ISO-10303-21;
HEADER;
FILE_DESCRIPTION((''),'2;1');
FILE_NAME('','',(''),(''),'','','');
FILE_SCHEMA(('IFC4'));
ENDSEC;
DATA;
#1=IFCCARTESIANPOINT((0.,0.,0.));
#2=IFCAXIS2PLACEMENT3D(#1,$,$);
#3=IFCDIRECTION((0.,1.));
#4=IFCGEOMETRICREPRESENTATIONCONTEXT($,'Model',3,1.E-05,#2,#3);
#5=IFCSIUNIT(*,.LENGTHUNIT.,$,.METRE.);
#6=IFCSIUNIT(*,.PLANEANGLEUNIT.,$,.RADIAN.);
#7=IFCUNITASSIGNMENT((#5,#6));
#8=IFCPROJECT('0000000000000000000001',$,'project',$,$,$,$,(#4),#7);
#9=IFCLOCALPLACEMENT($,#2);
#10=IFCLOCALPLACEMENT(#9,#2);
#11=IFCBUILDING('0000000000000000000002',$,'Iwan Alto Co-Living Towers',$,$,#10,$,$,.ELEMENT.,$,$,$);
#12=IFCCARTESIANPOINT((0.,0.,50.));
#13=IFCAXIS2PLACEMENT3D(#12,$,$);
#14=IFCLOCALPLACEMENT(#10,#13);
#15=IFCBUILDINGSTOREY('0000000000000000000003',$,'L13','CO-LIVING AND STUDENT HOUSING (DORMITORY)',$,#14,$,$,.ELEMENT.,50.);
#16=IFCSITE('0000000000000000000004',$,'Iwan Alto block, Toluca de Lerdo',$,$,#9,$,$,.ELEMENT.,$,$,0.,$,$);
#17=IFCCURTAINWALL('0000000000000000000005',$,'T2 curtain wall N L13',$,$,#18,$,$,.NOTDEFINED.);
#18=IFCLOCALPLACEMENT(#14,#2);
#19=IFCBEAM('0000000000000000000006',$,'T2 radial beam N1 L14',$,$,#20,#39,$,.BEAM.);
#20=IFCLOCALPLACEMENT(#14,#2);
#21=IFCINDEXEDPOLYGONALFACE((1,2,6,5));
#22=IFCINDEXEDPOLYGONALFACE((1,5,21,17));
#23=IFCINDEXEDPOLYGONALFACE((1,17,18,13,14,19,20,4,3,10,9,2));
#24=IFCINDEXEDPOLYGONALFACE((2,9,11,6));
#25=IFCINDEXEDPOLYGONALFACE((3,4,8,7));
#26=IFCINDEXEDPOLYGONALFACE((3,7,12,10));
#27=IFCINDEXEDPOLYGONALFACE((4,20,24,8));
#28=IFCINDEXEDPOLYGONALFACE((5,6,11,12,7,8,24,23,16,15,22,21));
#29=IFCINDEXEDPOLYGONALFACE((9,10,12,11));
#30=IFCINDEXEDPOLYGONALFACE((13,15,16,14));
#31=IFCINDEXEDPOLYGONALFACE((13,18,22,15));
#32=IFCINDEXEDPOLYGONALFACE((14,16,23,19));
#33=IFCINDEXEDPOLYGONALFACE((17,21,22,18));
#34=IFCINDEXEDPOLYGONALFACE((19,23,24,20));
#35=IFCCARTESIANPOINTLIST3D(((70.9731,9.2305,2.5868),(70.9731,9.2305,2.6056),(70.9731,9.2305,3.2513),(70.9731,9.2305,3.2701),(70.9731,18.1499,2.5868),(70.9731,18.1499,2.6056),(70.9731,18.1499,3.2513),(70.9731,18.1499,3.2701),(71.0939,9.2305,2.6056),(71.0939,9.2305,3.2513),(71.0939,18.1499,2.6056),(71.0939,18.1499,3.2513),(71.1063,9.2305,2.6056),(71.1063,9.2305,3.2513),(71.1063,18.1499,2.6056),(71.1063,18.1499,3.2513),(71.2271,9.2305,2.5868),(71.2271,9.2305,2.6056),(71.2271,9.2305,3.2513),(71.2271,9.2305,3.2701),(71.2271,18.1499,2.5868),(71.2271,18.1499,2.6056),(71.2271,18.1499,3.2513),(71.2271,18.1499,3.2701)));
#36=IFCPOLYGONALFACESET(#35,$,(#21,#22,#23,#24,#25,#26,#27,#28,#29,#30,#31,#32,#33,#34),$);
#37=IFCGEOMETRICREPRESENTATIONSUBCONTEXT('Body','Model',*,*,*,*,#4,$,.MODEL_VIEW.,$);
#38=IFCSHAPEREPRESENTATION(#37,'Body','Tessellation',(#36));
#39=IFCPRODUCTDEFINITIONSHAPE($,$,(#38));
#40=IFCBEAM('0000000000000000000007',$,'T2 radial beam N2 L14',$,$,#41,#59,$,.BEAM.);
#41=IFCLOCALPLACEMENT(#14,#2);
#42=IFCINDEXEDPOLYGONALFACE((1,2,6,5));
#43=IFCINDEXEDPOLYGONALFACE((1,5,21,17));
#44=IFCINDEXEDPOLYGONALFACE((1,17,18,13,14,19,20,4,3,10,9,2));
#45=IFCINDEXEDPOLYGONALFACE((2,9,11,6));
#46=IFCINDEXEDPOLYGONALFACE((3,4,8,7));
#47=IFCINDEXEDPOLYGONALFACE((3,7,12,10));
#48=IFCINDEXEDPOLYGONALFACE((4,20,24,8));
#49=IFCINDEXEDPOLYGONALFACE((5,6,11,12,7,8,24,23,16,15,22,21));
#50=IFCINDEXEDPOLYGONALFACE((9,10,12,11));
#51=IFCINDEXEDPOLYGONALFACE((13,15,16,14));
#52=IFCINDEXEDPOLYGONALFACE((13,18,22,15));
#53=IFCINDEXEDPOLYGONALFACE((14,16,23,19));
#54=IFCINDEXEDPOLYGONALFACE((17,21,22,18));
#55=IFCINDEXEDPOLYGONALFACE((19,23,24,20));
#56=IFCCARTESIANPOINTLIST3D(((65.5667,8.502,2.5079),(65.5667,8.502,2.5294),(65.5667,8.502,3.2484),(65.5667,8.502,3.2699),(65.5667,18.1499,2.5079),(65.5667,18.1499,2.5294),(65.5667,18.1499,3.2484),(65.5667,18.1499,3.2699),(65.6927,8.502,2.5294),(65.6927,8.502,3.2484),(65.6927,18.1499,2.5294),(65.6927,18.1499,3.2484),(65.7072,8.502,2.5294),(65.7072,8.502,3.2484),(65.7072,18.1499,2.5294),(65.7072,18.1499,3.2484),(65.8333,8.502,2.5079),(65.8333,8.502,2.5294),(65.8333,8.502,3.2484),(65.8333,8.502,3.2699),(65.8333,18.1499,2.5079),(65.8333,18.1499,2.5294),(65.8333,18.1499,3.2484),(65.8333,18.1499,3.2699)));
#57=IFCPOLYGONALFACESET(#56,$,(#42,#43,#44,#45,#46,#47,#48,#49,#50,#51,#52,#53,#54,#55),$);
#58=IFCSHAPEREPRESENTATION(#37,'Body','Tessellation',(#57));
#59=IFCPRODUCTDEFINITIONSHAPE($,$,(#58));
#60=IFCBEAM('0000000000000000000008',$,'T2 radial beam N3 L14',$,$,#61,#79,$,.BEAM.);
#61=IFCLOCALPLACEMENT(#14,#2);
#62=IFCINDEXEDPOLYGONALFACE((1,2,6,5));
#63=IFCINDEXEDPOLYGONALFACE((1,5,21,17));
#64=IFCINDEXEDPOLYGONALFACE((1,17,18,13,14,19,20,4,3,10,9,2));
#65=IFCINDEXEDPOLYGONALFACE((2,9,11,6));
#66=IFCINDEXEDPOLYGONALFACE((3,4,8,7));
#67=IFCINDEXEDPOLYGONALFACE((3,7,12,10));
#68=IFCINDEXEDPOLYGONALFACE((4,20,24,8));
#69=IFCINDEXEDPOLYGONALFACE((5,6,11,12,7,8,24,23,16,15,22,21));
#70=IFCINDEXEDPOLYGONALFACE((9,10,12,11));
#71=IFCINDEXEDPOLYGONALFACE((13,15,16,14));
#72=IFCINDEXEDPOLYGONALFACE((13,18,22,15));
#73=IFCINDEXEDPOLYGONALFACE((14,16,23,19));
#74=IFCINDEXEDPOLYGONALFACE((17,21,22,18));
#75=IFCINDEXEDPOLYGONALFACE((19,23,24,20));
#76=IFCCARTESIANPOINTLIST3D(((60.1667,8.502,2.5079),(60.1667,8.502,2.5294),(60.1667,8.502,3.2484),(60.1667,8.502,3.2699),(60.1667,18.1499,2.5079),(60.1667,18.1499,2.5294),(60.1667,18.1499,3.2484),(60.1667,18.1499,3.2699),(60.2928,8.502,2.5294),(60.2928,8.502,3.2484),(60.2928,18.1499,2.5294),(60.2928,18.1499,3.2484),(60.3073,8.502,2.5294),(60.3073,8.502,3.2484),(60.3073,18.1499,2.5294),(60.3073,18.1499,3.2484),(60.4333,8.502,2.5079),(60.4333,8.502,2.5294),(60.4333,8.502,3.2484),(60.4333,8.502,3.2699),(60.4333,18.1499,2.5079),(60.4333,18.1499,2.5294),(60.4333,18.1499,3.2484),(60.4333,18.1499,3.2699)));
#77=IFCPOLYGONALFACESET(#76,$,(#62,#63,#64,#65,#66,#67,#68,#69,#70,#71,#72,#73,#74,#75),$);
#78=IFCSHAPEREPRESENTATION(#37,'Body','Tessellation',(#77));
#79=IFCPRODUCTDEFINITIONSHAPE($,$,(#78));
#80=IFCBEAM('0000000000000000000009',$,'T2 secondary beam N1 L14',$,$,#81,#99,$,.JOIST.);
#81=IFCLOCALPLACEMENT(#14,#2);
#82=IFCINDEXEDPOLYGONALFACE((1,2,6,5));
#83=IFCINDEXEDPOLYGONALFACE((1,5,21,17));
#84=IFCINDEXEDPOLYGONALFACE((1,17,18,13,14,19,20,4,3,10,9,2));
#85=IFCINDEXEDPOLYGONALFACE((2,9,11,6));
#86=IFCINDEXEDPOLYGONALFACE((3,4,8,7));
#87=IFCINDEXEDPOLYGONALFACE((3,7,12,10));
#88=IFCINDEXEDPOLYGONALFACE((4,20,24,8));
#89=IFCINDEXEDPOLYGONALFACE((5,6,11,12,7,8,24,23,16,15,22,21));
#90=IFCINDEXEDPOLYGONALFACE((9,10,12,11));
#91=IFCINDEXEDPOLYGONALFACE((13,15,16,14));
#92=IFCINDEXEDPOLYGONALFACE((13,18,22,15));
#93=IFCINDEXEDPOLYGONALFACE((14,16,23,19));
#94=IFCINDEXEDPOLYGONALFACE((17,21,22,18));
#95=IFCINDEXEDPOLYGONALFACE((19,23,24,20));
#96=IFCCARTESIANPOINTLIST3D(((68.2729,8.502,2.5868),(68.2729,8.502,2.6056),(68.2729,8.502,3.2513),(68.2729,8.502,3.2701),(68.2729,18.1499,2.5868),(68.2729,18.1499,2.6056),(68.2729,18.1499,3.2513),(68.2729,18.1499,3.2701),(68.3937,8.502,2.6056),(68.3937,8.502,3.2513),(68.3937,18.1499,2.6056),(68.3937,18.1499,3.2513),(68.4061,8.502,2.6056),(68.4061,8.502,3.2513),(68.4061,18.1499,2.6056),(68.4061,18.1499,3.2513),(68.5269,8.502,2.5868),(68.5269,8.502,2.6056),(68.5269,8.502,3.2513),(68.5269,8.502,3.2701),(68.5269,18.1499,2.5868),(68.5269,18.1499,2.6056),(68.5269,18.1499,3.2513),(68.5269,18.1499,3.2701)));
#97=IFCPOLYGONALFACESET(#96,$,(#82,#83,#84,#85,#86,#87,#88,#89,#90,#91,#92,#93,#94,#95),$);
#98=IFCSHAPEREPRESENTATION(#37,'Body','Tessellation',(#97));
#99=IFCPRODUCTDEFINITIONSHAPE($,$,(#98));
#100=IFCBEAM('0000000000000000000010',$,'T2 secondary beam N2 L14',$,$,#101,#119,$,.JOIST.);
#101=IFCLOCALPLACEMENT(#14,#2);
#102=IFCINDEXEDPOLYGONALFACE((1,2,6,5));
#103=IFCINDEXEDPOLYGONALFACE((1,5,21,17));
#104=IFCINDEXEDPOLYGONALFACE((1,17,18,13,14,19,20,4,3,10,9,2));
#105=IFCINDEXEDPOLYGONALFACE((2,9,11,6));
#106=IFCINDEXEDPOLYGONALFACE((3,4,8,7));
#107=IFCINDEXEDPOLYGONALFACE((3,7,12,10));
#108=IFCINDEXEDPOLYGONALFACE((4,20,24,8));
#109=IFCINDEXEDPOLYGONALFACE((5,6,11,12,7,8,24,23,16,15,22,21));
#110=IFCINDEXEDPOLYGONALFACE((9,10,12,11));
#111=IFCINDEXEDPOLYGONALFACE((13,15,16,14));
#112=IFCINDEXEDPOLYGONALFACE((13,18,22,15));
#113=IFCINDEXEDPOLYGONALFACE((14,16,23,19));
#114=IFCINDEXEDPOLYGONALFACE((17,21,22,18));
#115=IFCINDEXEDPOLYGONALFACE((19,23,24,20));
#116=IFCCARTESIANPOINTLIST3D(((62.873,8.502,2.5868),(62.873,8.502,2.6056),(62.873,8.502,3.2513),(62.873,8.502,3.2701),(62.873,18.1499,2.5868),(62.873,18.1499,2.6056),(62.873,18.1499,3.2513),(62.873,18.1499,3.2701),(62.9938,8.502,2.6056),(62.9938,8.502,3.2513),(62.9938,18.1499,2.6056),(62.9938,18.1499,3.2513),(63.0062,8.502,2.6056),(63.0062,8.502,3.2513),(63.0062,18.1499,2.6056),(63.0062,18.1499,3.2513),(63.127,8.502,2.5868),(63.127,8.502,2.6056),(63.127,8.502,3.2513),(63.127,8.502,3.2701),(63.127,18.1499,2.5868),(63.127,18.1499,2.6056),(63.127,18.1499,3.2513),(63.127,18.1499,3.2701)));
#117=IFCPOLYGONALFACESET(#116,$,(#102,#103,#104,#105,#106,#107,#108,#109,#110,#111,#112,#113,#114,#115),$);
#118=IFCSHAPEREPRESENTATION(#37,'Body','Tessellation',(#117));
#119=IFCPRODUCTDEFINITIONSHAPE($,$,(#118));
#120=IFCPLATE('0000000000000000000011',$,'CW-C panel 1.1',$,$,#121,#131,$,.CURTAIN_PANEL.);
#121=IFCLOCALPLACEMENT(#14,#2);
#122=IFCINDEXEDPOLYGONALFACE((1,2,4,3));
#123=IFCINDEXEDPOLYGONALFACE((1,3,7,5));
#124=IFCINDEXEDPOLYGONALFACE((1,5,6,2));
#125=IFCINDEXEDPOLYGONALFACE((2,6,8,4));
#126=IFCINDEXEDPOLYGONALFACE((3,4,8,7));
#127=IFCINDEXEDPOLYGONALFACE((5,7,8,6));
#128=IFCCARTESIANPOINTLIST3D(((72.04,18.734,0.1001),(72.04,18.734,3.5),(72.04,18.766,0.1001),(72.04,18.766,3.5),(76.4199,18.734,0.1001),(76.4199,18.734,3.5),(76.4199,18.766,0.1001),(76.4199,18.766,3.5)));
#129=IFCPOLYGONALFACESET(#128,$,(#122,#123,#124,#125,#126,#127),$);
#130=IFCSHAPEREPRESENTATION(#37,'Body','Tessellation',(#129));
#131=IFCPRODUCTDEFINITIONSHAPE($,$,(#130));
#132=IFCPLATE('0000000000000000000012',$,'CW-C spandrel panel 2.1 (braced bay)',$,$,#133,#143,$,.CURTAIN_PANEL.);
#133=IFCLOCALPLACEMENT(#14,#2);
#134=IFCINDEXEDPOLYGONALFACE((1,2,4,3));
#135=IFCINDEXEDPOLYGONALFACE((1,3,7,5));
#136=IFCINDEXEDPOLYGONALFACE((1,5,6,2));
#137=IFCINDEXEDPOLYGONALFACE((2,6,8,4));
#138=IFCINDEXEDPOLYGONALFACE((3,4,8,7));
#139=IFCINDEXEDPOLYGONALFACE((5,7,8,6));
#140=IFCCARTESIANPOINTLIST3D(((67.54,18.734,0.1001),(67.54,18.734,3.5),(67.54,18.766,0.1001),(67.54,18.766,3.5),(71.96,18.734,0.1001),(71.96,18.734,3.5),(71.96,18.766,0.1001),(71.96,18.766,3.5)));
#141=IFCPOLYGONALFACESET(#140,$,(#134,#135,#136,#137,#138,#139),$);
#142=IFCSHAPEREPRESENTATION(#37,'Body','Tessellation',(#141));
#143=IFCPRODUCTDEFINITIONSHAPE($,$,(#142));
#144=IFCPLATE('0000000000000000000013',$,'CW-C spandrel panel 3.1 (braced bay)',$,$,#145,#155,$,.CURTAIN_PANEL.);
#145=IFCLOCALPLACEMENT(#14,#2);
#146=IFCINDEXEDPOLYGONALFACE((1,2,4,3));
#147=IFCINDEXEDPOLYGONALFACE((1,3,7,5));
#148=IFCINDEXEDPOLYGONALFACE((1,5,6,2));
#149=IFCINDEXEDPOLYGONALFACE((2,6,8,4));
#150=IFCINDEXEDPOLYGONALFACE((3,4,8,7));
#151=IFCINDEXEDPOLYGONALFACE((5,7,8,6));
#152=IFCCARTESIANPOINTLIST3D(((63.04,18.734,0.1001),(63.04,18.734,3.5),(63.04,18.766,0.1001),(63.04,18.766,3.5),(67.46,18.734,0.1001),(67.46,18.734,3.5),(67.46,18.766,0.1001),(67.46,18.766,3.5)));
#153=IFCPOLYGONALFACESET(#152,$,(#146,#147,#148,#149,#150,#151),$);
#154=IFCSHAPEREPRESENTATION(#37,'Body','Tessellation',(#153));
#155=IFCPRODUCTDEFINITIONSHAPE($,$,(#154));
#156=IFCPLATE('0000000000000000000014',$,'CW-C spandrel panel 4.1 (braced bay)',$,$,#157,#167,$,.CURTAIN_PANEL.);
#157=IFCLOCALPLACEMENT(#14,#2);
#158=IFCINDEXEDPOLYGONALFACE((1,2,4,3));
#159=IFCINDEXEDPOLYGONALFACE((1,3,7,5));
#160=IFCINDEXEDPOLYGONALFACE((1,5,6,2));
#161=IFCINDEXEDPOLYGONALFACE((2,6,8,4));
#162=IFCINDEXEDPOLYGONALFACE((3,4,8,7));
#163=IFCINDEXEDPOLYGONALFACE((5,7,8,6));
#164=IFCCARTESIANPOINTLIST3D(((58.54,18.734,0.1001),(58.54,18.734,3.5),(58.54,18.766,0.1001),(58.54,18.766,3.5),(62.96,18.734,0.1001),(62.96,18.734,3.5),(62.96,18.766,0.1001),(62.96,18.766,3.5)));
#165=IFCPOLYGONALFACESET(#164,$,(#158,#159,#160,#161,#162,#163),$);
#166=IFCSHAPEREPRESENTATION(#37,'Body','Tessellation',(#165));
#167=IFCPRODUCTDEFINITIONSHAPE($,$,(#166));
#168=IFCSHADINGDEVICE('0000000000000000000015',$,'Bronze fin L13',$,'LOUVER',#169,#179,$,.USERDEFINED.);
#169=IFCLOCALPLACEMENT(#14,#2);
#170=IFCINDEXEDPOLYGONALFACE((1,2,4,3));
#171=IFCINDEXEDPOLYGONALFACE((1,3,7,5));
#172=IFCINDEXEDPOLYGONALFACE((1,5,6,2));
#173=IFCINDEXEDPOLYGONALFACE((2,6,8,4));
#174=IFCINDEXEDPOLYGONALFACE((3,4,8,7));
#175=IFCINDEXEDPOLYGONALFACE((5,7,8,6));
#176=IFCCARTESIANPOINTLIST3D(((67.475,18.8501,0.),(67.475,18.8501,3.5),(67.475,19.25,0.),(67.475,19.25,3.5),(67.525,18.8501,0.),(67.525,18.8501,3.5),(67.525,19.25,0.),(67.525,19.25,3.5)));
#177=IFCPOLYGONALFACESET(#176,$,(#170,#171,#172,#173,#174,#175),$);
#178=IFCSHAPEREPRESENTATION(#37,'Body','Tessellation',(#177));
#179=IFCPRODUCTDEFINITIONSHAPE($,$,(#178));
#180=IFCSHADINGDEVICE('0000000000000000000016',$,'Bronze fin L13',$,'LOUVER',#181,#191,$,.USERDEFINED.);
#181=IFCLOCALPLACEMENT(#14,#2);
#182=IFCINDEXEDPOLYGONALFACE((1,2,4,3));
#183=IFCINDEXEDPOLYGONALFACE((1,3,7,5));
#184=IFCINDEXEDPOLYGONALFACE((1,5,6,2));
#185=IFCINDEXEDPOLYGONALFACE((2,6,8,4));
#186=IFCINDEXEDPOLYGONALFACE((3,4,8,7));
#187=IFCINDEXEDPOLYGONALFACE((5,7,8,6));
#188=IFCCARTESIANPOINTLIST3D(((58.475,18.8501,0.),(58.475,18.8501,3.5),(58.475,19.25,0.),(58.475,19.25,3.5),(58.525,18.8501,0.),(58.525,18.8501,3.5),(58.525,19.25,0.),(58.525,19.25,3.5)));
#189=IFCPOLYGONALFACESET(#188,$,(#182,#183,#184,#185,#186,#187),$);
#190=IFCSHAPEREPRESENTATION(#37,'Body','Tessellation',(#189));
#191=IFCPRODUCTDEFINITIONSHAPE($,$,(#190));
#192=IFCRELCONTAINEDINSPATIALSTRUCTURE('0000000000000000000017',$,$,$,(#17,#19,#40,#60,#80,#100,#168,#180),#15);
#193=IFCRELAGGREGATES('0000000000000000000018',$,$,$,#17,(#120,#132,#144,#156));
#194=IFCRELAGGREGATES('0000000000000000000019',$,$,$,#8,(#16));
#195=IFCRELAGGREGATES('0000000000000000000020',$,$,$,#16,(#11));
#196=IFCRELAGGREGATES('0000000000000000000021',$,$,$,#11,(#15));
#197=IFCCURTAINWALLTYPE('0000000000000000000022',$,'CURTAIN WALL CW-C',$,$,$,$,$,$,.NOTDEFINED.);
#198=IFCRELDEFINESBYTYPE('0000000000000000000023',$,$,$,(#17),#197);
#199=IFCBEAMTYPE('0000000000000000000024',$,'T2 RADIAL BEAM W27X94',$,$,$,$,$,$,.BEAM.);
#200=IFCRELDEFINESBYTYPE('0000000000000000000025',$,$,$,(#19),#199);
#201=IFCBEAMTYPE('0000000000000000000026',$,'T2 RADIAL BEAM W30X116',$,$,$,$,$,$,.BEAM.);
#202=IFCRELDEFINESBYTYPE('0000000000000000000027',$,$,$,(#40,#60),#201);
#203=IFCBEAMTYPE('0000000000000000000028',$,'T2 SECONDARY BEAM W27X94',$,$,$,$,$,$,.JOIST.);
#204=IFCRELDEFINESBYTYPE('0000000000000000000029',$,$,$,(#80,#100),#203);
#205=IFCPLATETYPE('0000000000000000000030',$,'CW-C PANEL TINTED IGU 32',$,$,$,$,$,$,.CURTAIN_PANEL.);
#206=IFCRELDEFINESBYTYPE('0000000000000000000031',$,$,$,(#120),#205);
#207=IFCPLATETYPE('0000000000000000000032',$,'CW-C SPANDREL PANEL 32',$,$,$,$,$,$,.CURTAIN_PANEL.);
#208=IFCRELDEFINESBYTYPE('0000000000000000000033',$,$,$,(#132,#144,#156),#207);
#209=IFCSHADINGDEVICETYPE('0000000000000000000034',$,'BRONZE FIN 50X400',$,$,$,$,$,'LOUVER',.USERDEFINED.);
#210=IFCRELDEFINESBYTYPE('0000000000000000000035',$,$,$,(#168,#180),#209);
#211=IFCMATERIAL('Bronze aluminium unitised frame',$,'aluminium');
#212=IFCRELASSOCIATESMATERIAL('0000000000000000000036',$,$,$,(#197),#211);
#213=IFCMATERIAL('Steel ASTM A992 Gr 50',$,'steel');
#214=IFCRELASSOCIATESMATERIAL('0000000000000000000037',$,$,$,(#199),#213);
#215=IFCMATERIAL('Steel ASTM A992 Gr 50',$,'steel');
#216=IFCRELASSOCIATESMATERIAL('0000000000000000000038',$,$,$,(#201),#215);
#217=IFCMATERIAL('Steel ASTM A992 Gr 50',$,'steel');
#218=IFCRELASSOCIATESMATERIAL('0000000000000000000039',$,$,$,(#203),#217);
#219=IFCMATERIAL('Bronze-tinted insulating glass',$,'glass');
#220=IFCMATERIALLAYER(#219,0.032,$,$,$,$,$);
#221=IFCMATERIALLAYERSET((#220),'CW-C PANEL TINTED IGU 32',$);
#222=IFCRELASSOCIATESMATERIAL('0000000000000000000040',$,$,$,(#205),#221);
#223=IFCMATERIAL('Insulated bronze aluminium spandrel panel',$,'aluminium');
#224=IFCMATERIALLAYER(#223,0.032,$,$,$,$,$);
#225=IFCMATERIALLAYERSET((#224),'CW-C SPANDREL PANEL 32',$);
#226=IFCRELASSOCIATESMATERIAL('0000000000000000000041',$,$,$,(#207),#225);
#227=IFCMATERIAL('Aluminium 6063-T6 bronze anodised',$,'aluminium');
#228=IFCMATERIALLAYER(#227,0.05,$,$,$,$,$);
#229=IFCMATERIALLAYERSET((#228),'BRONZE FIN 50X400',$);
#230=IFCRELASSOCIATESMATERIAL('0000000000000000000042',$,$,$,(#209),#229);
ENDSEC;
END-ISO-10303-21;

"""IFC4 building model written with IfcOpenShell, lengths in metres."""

from ifc_helpers import new_model, si_unit, direction, frame, origin, origin_2d, place, context, subcontext, project, spatial, rectangle, i_section, extrude, material, layer, layer_set, material_profile, profile_set, type_object, element, aggregate, save


model = new_model("IFC4")

# Units and contexts
model_context = context("Model", 3, precision=1e-05, world=origin(), true_north=direction((0.0, 1.0)))
body_context = subcontext(model_context, "Body", "Model", "MODEL_VIEW")
ifc_project = project(units=[si_unit("LENGTHUNIT", "METRE"), si_unit("PLANEANGLEUNIT", "RADIAN")], contexts=[model_context])

# Site, building, storey
site_placement = place(None, origin())
site = spatial("IfcSite", under=ifc_project, at=site_placement, Name="Iwan Alto block, Toluca de Lerdo", CompositionType="ELEMENT", RefElevation=0.0)
building_placement = place(site_placement, origin())
building = spatial("IfcBuilding", under=site, at=building_placement, Name="Iwan Alto Co-Living Towers", CompositionType="ELEMENT")
storey_placement = place(building_placement, frame((0.0, 0.0, 50.0)))
storey = spatial("IfcBuildingStorey", under=building, at=storey_placement, Name="L13", Description="CO-LIVING AND STUDENT HOUSING (DORMITORY)", CompositionType="ELEMENT", Elevation=50.0)

# Curtain wall
ifc_material_1 = material(Name="Bronze aluminium unitised frame", Category="aluminium")
curtain_wall_type = type_object("IfcCurtainWallType", Name="CURTAIN WALL CW-C", PredefinedType="NOTDEFINED", material=ifc_material_1)
curtain_wall_placement = place(storey_placement, origin())
curtain_wall = element("IfcCurtainWall", 1, at=curtain_wall_placement, inside=storey, type_object=curtain_wall_type, Name="T2 curtain wall N L13", PredefinedType="NOTDEFINED")

# Beams
ifc_material_2 = material(Name="Steel ASTM A992 Gr 50", Category="steel")
ifc_material_profile_1 = material_profile(ifc_material_2, i_section(OverallWidth=0.2539, OverallDepth=0.6833, WebThickness=0.0125, FlangeThickness=0.0188, at=origin_2d()), Name="W27X94")
ifc_profile_set_1 = profile_set([ifc_material_profile_1], Name="Steel ASTM A992 Gr 50")
beam_type_1 = type_object("IfcBeamType", Name="T2 RADIAL BEAM W27X94", PredefinedType="BEAM", material=ifc_profile_set_1)
beam_1_placement = place(storey_placement, frame((71.1001, 18.1499, 2.9285), z_axis=(0.0, -1.0, 0.0), x_axis=(1.0, 0.0, 0.0)))
element("IfcBeam", 2, at=beam_1_placement, inside=storey, type_object=beam_type_1, Name="T2 radial beam N1 L14", PredefinedType="BEAM", context=body_context, shape_type="SweptSolid", body=[
    extrude(i_section(OverallWidth=0.2539, OverallDepth=0.6833, WebThickness=0.0125, FlangeThickness=0.0188, at=origin_2d()), origin(), (0.0, 0.0, 1.0), 8.9194),
])
ifc_material_3 = material(Name="Steel ASTM A992 Gr 50", Category="steel")
ifc_material_profile_2 = material_profile(ifc_material_3, i_section(OverallWidth=0.2666, OverallDepth=0.762, WebThickness=0.0144, FlangeThickness=0.0215, at=origin_2d()), Name="W30X116")
ifc_profile_set_2 = profile_set([ifc_material_profile_2], Name="Steel ASTM A992 Gr 50")
beam_type_2 = type_object("IfcBeamType", Name="T2 RADIAL BEAM W30X116", PredefinedType="BEAM", material=ifc_profile_set_2)
for number, where, z_axis, x_axis, name in (
    (3, (65.7, 18.1499, 2.8889), (0.0, -1.0, 0.0), (1.0, 0.0, 0.0), "T2 radial beam N2 L14"),
    (4, (60.3, 18.1499, 2.8889), (0.0, -1.0, 0.0), (1.0, 0.0, 0.0), "T2 radial beam N3 L14"),
):
    element("IfcBeam", number, at=place(storey_placement, frame(where, z_axis=z_axis, x_axis=x_axis)), inside=storey, type_object=beam_type_2, Name=name, PredefinedType="BEAM", context=body_context, shape_type="SweptSolid", body=[
        extrude(i_section(OverallWidth=0.2666, OverallDepth=0.762, WebThickness=0.0144, FlangeThickness=0.0215, at=origin_2d()), origin(), (0.0, 0.0, 1.0), 9.6479),
    ])
ifc_material_4 = material(Name="Steel ASTM A992 Gr 50", Category="steel")
ifc_material_profile_3 = material_profile(ifc_material_4, i_section(OverallWidth=0.2539, OverallDepth=0.6833, WebThickness=0.0125, FlangeThickness=0.0188, at=origin_2d()), Name="W27X94")
ifc_profile_set_3 = profile_set([ifc_material_profile_3], Name="Steel ASTM A992 Gr 50")
beam_type_3 = type_object("IfcBeamType", Name="T2 SECONDARY BEAM W27X94", PredefinedType="JOIST", material=ifc_profile_set_3)
for number, where, z_axis, x_axis, name in (
    (5, (68.3999, 18.1499, 2.9285), (0.0, -1.0, 0.0), (1.0, 0.0, 0.0), "T2 secondary beam N1 L14"),
    (6, (63.0, 18.1499, 2.9285), (0.0, -1.0, 0.0), (1.0, 0.0, 0.0), "T2 secondary beam N2 L14"),
):
    element("IfcBeam", number, at=place(storey_placement, frame(where, z_axis=z_axis, x_axis=x_axis)), inside=storey, type_object=beam_type_3, Name=name, PredefinedType="JOIST", context=body_context, shape_type="SweptSolid", body=[
        extrude(i_section(OverallWidth=0.2539, OverallDepth=0.6833, WebThickness=0.0125, FlangeThickness=0.0188, at=origin_2d()), origin(), (0.0, 0.0, 1.0), 9.6479),
    ])

# Plates
ifc_material_5 = material(Name="Bronze-tinted insulating glass", Category="glass")
ifc_layer_1 = layer(ifc_material_5, 0.032)
ifc_layer_set_1 = layer_set([ifc_layer_1], Name="CW-C PANEL TINTED IGU 32")
plate_type_1 = type_object("IfcPlateType", Name="CW-C PANEL TINTED IGU 32", PredefinedType="CURTAIN_PANEL", material=ifc_layer_set_1)
plate_1_placement = place(storey_placement, frame((74.23, 18.75, 0.1001), z_axis=(0.0, 0.0, 1.0), x_axis=(-1.0, 0.0, 0.0)))
plate_1 = element("IfcPlate", 7, at=plate_1_placement, type_object=plate_type_1, Name="CW-C panel 1.1", PredefinedType="CURTAIN_PANEL", context=body_context, shape_type="SweptSolid", body=[
    extrude(rectangle(XDim=4.3799, YDim=0.032, at=origin_2d()), origin(), (0.0, 0.0, 1.0), 3.3999),
])
ifc_material_6 = material(Name="Insulated bronze aluminium spandrel panel", Category="aluminium")
ifc_layer_2 = layer(ifc_material_6, 0.032)
ifc_layer_set_2 = layer_set([ifc_layer_2], Name="CW-C SPANDREL PANEL 32")
plate_type_2 = type_object("IfcPlateType", Name="CW-C SPANDREL PANEL 32", PredefinedType="CURTAIN_PANEL", material=ifc_layer_set_2)
plate_2_placement = place(storey_placement, frame((69.75, 18.75, 0.1001), z_axis=(0.0, 0.0, 1.0), x_axis=(-1.0, 0.0, 0.0)))
plate_2 = element("IfcPlate", 8, at=plate_2_placement, type_object=plate_type_2, Name="CW-C spandrel panel 2.1 (braced bay)", PredefinedType="CURTAIN_PANEL", context=body_context, shape_type="SweptSolid", body=[
    extrude(rectangle(XDim=4.4199, YDim=0.032, at=origin_2d()), origin(), (0.0, 0.0, 1.0), 3.3999),
])
plate_3_placement = place(storey_placement, frame((65.25, 18.75, 0.1001), z_axis=(0.0, 0.0, 1.0), x_axis=(-1.0, 0.0, 0.0)))
plate_3 = element("IfcPlate", 9, at=plate_3_placement, type_object=plate_type_2, Name="CW-C spandrel panel 3.1 (braced bay)", PredefinedType="CURTAIN_PANEL", context=body_context, shape_type="SweptSolid", body=[
    extrude(rectangle(XDim=4.4199, YDim=0.032, at=origin_2d()), origin(), (0.0, 0.0, 1.0), 3.3999),
])
plate_4_placement = place(storey_placement, frame((60.75, 18.75, 0.1001), z_axis=(0.0, 0.0, 1.0), x_axis=(-1.0, 0.0, 0.0)))
plate_4 = element("IfcPlate", 10, at=plate_4_placement, type_object=plate_type_2, Name="CW-C spandrel panel 4.1 (braced bay)", PredefinedType="CURTAIN_PANEL", context=body_context, shape_type="SweptSolid", body=[
    extrude(rectangle(XDim=4.4199, YDim=0.032, at=origin_2d()), origin(), (0.0, 0.0, 1.0), 3.3999),
])
aggregate(curtain_wall, [plate_1, plate_2, plate_3, plate_4])

# Shading devices
ifc_material_7 = material(Name="Aluminium 6063-T6 bronze anodised", Category="aluminium")
ifc_layer_3 = layer(ifc_material_7, 0.05)
ifc_layer_set_3 = layer_set([ifc_layer_3], Name="BRONZE FIN 50X400")
shading_device_type = type_object("IfcShadingDeviceType", Name="BRONZE FIN 50X400", ElementType="LOUVER", PredefinedType="USERDEFINED", material=ifc_layer_set_3)
for number, where, z_axis, x_axis, name in (
    (11, (67.5, 19.05, 0.0), (0.0, 0.0, 1.0), (-1.0, 0.0, 0.0), "Bronze fin L13"),
    (12, (58.5, 19.05, 0.0), (0.0, 0.0, 1.0), (-1.0, 0.0, 0.0), "Bronze fin L13"),
):
    element("IfcShadingDevice", number, at=place(storey_placement, frame(where, z_axis=z_axis, x_axis=x_axis)), inside=storey, type_object=shading_device_type, Name=name, ObjectType="LOUVER", PredefinedType="USERDEFINED", context=body_context, shape_type="SweptSolid", body=[
        extrude(rectangle(XDim=0.05, YDim=0.3999, at=origin_2d()), origin(), (0.0, 0.0, 1.0), 3.5),
    ])

save(model, "model.ifc")
